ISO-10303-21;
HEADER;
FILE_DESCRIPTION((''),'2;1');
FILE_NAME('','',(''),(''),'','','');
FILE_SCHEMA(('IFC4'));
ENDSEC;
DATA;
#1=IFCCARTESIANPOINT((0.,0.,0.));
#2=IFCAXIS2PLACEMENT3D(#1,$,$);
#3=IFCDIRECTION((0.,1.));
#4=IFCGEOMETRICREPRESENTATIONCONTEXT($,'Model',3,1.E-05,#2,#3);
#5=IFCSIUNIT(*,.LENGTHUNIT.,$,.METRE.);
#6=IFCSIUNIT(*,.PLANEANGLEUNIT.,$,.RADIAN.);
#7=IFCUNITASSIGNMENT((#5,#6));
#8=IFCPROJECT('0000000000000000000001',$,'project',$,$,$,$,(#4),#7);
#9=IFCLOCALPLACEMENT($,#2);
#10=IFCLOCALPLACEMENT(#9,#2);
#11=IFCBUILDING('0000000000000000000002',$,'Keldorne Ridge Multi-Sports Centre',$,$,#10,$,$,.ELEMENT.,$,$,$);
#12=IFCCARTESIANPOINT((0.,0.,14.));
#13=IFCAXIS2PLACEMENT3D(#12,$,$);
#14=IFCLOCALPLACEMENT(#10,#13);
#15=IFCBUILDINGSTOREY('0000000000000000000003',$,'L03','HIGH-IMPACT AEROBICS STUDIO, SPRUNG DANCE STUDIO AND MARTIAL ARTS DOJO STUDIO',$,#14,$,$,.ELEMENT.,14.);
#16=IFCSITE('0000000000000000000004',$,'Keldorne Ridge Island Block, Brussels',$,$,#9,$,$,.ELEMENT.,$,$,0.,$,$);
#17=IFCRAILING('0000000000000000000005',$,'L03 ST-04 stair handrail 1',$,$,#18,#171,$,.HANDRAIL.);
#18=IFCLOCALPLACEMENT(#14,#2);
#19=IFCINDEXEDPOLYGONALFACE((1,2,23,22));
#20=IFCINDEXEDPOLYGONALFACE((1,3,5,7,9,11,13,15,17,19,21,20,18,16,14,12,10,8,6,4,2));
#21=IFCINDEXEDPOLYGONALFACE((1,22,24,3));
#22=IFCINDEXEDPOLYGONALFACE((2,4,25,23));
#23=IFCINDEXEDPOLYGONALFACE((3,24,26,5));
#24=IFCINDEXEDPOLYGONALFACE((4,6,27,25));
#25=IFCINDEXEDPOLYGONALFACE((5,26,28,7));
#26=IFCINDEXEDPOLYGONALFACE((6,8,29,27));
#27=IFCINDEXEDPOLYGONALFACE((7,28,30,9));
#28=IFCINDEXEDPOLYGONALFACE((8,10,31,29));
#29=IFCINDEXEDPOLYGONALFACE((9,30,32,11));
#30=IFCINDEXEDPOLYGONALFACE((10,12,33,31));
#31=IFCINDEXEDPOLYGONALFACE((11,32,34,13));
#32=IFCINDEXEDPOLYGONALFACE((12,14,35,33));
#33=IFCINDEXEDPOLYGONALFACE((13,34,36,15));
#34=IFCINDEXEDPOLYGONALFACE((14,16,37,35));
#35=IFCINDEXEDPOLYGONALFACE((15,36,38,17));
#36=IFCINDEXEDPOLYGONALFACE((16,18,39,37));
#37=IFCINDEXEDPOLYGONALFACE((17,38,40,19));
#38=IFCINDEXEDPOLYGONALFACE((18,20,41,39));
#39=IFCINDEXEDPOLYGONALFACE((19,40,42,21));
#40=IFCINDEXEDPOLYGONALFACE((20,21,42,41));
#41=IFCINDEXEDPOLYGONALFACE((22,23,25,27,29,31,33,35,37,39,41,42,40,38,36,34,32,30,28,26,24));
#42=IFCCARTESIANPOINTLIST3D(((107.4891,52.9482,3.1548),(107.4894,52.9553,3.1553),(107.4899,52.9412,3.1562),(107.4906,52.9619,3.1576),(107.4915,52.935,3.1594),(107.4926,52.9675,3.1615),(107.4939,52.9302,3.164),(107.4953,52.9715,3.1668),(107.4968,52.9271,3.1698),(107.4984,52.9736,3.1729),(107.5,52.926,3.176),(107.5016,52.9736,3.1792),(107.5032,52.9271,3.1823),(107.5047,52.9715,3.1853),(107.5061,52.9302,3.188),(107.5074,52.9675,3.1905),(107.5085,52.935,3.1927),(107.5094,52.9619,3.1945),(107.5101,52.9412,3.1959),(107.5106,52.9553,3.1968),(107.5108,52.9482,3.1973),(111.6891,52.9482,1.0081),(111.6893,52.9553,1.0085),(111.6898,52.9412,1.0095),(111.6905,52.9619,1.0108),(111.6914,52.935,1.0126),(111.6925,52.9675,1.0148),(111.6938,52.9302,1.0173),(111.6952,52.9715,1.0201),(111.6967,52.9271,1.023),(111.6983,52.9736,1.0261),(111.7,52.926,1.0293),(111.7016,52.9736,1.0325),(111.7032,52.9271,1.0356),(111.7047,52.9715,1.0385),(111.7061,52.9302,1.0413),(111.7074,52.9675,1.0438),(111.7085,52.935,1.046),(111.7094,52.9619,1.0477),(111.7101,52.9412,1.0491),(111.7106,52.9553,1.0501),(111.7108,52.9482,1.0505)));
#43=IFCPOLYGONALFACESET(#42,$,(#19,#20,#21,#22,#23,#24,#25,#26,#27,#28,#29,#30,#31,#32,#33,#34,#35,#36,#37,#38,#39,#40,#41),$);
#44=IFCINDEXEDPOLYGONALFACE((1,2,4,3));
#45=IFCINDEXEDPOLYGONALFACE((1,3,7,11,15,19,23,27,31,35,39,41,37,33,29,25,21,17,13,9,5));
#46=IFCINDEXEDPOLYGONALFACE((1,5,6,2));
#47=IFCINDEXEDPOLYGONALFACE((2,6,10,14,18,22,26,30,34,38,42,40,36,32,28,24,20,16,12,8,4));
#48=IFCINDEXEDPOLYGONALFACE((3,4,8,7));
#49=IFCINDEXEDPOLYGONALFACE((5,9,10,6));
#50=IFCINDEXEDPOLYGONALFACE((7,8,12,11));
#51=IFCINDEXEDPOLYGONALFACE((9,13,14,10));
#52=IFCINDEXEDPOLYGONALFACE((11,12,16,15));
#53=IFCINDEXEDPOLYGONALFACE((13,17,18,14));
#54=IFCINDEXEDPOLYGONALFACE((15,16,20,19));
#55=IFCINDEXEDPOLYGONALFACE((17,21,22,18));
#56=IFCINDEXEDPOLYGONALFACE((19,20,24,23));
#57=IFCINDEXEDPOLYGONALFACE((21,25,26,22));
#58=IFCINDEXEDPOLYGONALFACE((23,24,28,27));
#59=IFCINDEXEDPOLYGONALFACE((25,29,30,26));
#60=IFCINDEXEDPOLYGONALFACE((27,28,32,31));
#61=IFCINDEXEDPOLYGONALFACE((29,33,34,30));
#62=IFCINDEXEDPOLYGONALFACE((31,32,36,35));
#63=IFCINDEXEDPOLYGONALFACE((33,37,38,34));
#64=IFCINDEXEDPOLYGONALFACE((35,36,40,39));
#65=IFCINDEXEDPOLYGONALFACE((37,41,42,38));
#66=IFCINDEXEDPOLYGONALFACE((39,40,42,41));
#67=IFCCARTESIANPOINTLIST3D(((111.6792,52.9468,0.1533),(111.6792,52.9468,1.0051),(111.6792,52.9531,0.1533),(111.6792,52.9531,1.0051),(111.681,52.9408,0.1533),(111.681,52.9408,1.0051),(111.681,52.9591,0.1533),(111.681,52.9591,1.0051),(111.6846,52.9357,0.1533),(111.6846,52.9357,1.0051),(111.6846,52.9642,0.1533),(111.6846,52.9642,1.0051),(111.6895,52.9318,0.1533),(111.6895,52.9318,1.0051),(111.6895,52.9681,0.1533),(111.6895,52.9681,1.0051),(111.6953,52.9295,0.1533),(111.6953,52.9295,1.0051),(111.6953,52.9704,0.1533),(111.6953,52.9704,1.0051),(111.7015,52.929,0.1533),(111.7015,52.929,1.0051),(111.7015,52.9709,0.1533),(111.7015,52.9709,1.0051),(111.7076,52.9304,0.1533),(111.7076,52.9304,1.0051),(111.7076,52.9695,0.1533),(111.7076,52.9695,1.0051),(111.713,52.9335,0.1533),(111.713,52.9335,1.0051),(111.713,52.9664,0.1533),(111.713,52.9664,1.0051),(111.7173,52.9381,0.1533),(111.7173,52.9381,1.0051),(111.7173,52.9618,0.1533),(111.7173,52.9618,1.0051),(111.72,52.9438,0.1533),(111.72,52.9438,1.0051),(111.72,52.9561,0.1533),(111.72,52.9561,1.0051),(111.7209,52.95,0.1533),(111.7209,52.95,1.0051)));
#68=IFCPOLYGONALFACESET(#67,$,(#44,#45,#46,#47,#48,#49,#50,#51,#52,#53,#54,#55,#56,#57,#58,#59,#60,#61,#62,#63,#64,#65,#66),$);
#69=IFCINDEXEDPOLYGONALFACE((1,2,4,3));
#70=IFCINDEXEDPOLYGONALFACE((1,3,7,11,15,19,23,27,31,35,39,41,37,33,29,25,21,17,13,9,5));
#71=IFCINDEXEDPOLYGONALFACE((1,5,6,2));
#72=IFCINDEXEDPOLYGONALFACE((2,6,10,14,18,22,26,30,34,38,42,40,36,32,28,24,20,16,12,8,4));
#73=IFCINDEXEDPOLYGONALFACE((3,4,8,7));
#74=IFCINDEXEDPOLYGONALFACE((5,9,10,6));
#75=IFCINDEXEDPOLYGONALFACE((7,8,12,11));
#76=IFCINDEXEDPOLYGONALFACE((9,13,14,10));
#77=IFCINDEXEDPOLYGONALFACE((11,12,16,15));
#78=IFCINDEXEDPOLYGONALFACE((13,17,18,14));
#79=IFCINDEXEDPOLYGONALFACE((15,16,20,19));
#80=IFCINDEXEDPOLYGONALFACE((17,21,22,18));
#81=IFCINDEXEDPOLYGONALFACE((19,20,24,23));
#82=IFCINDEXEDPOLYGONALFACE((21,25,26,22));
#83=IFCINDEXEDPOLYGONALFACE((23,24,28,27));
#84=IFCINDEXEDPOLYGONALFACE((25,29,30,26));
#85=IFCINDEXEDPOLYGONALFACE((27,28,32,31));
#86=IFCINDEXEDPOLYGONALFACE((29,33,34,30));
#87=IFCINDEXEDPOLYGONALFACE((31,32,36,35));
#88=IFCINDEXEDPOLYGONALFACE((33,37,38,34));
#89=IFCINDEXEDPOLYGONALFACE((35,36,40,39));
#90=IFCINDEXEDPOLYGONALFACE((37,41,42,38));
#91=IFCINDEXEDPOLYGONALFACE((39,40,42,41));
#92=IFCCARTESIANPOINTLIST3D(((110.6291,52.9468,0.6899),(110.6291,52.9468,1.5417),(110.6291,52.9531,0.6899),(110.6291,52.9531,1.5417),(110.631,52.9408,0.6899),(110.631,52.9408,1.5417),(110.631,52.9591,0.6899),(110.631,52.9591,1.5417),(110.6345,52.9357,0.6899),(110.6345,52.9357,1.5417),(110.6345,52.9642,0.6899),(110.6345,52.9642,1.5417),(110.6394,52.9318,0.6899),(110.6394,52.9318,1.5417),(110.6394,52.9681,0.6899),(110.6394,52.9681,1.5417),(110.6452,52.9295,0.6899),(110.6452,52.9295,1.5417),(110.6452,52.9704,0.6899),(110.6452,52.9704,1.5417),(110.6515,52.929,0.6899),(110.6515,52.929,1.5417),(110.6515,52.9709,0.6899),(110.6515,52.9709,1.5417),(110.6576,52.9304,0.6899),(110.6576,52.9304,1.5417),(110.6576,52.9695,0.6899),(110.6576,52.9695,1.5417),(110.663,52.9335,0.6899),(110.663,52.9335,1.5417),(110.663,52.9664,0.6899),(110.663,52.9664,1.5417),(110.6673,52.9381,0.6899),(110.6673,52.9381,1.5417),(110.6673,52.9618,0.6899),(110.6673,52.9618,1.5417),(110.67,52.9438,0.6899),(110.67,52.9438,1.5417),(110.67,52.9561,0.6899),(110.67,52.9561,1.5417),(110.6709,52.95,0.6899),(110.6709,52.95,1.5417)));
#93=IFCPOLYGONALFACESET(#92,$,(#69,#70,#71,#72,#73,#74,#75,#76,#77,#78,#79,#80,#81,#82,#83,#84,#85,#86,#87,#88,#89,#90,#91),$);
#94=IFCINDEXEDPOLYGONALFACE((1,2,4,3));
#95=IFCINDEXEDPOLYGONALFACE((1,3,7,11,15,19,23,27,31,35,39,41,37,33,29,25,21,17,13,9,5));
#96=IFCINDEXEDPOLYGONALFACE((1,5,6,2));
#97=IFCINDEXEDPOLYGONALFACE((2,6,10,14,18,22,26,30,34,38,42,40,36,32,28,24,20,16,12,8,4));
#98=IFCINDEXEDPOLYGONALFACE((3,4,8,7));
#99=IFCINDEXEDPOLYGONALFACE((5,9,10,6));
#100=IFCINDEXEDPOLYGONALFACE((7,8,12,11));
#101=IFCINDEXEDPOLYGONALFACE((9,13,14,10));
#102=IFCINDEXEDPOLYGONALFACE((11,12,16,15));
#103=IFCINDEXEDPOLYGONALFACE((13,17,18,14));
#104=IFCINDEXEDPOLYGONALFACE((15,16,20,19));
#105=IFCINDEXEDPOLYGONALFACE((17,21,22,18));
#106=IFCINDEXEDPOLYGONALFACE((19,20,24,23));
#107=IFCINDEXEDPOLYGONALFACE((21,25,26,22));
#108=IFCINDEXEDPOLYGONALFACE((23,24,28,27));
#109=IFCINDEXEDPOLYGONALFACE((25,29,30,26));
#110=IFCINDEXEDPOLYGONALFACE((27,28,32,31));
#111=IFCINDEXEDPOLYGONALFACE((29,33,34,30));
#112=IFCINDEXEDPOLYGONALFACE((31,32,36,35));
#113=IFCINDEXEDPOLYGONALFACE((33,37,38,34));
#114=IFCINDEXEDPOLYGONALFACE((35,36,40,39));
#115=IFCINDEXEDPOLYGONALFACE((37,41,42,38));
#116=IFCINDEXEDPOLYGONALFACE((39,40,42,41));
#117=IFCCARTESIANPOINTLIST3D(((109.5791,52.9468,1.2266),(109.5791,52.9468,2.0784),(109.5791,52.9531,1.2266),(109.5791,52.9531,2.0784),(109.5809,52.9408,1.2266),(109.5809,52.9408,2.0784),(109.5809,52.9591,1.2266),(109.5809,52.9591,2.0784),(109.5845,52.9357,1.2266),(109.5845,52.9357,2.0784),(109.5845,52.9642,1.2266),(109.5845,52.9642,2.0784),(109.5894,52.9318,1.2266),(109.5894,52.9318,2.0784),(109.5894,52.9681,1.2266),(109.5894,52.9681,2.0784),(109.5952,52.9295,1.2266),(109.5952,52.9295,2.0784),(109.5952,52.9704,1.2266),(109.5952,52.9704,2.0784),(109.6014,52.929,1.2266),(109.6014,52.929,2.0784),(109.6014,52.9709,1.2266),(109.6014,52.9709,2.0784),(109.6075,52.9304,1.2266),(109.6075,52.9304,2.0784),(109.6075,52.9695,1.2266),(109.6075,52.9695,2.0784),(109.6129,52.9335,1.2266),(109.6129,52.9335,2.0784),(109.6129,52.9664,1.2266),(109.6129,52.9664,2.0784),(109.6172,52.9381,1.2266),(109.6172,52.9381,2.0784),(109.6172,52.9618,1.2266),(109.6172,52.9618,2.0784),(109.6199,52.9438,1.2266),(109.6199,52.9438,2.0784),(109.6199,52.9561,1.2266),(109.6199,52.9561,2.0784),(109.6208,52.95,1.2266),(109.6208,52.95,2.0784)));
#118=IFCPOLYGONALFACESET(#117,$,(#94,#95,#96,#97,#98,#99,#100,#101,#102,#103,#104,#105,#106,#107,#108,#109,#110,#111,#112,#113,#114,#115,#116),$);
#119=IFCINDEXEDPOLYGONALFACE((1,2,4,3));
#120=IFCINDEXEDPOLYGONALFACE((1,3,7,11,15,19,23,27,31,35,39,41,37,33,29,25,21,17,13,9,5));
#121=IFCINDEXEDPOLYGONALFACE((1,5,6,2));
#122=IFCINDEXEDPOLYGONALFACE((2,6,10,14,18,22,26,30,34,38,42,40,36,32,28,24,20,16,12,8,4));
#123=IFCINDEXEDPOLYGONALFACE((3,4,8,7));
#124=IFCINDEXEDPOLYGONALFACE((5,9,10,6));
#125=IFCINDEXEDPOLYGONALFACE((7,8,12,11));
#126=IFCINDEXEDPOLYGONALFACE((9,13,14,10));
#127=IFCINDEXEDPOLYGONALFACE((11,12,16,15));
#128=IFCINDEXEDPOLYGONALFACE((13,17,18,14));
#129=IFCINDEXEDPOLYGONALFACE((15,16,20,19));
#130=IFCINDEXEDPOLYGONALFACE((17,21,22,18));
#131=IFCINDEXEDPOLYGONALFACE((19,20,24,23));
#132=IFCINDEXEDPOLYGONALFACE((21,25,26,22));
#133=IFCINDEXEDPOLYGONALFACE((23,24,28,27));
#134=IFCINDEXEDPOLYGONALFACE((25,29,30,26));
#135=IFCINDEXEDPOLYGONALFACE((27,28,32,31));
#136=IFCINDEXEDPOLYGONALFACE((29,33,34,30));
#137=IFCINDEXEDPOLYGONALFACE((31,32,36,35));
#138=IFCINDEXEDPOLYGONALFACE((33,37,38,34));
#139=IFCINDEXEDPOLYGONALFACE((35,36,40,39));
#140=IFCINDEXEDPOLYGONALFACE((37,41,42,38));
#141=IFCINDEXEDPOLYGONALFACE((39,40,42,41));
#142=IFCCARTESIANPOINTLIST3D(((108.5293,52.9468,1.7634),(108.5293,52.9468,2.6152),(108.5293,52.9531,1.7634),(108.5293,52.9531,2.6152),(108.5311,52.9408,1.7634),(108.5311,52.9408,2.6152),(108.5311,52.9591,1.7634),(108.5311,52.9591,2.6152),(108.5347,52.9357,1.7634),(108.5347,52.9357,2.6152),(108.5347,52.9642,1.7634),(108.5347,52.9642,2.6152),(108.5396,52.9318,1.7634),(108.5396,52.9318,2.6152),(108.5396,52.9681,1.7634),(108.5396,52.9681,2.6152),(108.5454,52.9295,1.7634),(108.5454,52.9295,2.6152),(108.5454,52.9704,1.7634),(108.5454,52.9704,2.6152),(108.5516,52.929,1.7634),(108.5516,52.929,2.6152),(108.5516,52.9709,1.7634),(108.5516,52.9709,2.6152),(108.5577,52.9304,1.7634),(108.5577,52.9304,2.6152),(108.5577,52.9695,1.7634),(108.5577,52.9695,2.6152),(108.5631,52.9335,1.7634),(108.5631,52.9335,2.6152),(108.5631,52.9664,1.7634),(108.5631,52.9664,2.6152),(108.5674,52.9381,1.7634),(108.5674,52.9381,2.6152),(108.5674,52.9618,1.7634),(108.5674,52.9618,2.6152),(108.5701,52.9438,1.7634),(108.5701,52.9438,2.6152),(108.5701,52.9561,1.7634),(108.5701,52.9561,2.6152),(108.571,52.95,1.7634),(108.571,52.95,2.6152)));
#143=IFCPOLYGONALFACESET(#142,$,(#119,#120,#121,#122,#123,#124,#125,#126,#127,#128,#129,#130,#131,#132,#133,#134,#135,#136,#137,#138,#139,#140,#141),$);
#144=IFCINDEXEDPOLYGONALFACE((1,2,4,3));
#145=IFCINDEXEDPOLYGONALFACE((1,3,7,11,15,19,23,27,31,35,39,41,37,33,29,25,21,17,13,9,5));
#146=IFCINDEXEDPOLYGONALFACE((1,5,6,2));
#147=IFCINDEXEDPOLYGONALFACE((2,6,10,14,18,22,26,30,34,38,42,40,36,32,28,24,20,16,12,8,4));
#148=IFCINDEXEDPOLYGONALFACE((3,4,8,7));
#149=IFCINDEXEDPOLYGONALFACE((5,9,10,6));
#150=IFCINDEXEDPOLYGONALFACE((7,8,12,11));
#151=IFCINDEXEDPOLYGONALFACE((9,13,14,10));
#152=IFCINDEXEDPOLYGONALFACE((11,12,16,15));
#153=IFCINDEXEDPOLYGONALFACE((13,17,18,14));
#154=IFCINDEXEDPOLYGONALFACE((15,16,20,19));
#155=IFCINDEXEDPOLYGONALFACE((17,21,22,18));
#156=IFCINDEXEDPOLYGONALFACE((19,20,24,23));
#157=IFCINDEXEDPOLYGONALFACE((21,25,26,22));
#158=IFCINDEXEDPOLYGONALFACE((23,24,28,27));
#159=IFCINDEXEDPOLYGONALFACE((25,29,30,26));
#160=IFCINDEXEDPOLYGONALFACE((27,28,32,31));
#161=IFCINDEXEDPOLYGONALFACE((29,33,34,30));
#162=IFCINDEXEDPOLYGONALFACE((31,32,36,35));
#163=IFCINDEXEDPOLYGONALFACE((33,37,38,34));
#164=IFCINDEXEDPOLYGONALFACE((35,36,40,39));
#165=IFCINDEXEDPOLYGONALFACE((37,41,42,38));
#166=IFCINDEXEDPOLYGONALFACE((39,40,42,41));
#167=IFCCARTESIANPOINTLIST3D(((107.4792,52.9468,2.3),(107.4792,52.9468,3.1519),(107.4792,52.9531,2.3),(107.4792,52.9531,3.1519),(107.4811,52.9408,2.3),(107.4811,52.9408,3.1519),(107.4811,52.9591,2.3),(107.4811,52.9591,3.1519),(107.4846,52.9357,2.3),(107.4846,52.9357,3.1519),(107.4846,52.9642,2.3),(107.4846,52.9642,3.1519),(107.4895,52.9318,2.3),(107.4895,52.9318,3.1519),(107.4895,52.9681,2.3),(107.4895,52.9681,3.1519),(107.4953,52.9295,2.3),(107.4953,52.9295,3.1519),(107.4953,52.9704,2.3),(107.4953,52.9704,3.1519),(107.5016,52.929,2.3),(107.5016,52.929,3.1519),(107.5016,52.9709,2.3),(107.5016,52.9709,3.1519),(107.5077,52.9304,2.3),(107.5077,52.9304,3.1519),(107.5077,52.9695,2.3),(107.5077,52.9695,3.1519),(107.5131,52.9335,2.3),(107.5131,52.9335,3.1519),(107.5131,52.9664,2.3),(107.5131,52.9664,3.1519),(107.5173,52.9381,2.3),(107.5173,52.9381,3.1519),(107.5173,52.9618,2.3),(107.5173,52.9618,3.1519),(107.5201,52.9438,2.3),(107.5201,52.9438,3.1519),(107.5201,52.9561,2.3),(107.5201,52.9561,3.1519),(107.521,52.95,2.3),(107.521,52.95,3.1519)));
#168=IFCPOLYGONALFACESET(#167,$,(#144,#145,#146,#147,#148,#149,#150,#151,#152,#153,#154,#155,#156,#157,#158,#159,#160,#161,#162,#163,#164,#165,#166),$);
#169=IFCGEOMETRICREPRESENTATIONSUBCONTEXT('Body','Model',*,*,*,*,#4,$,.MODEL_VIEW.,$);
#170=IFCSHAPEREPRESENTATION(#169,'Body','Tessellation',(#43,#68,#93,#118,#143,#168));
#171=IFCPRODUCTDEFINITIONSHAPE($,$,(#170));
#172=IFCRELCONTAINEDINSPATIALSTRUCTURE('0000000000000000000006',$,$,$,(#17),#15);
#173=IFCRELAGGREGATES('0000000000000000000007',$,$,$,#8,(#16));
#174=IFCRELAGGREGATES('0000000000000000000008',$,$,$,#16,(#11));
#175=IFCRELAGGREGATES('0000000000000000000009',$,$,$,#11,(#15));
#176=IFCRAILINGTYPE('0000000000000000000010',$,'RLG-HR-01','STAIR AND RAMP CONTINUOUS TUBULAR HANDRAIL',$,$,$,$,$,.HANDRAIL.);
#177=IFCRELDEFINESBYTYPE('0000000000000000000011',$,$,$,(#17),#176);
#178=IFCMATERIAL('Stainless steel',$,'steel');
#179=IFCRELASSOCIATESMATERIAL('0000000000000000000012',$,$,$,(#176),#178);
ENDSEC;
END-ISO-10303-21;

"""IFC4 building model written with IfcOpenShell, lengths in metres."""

from ifc_helpers import new_model, si_unit, direction, frame, origin, origin_2d, place, context, subcontext, project, spatial, circle, extrude, material, type_object, element, save


model = new_model("IFC4")

# Units and contexts
model_context = context("Model", 3, precision=1e-05, world=origin(), true_north=direction((0.0, 1.0)))
body_context = subcontext(model_context, "Body", "Model", "MODEL_VIEW")
ifc_project = project(units=[si_unit("LENGTHUNIT", "METRE"), si_unit("PLANEANGLEUNIT", "RADIAN")], contexts=[model_context])

# Site, building, storey
site_placement = place(None, origin())
site = spatial("IfcSite", under=ifc_project, at=site_placement, Name="Keldorne Ridge Island Block, Brussels", CompositionType="ELEMENT", RefElevation=0.0)
building_placement = place(site_placement, origin())
building = spatial("IfcBuilding", under=site, at=building_placement, Name="Keldorne Ridge Multi-Sports Centre", CompositionType="ELEMENT")
storey_placement = place(building_placement, frame((0.0, 0.0, 14.0)))
storey = spatial("IfcBuildingStorey", under=building, at=storey_placement, Name="L03", Description="HIGH-IMPACT AEROBICS STUDIO, SPRUNG DANCE STUDIO AND MARTIAL ARTS DOJO STUDIO", CompositionType="ELEMENT", Elevation=14.0)

# Railing
ifc_material_1 = material(Name="Stainless steel", Category="steel")
railing_type_1 = type_object("IfcRailingType", Name="RLG-HR-01", Description="STAIR AND RAMP CONTINUOUS TUBULAR HANDRAIL", PredefinedType="HANDRAIL", material=ifc_material_1)
railing_1_placement = place(storey_placement, frame((111.7, 52.95, 0.1533)))
element("IfcRailing", 1, at=railing_1_placement, inside=storey, type_object=railing_type_1, Name="L03 ST-04 stair handrail 1", PredefinedType="HANDRAIL", context=body_context, shape_type="SweptSolid", body=[
    extrude(circle(Radius=0.0239, at=origin_2d()), frame((0.0, 0.0, 0.876), z_axis=(-0.890427, 0.0, 0.455126), x_axis=(0.0, -1.0, 0.0)), (0.0, 0.0, 1.0), 4.7168),
    extrude(circle(Radius=0.021, at=origin_2d()), origin(), (0.0, 0.0, 1.0), 0.8518),
    extrude(circle(Radius=0.021, at=origin_2d()), frame((-1.05, 0.0, 0.5366)), (0.0, 0.0, 1.0), 0.8518),
    extrude(circle(Radius=0.021, at=origin_2d()), frame((-2.1001, 0.0, 1.0732)), (0.0, 0.0, 1.0), 0.8518),
    extrude(circle(Radius=0.021, at=origin_2d()), frame((-3.1499, 0.0, 1.6101)), (0.0, 0.0, 1.0), 0.8518),
    extrude(circle(Radius=0.021, at=origin_2d()), frame((-4.2, 0.0, 2.1467)), (0.0, 0.0, 1.0), 0.8518),
])

save(model, "model.ifc")
